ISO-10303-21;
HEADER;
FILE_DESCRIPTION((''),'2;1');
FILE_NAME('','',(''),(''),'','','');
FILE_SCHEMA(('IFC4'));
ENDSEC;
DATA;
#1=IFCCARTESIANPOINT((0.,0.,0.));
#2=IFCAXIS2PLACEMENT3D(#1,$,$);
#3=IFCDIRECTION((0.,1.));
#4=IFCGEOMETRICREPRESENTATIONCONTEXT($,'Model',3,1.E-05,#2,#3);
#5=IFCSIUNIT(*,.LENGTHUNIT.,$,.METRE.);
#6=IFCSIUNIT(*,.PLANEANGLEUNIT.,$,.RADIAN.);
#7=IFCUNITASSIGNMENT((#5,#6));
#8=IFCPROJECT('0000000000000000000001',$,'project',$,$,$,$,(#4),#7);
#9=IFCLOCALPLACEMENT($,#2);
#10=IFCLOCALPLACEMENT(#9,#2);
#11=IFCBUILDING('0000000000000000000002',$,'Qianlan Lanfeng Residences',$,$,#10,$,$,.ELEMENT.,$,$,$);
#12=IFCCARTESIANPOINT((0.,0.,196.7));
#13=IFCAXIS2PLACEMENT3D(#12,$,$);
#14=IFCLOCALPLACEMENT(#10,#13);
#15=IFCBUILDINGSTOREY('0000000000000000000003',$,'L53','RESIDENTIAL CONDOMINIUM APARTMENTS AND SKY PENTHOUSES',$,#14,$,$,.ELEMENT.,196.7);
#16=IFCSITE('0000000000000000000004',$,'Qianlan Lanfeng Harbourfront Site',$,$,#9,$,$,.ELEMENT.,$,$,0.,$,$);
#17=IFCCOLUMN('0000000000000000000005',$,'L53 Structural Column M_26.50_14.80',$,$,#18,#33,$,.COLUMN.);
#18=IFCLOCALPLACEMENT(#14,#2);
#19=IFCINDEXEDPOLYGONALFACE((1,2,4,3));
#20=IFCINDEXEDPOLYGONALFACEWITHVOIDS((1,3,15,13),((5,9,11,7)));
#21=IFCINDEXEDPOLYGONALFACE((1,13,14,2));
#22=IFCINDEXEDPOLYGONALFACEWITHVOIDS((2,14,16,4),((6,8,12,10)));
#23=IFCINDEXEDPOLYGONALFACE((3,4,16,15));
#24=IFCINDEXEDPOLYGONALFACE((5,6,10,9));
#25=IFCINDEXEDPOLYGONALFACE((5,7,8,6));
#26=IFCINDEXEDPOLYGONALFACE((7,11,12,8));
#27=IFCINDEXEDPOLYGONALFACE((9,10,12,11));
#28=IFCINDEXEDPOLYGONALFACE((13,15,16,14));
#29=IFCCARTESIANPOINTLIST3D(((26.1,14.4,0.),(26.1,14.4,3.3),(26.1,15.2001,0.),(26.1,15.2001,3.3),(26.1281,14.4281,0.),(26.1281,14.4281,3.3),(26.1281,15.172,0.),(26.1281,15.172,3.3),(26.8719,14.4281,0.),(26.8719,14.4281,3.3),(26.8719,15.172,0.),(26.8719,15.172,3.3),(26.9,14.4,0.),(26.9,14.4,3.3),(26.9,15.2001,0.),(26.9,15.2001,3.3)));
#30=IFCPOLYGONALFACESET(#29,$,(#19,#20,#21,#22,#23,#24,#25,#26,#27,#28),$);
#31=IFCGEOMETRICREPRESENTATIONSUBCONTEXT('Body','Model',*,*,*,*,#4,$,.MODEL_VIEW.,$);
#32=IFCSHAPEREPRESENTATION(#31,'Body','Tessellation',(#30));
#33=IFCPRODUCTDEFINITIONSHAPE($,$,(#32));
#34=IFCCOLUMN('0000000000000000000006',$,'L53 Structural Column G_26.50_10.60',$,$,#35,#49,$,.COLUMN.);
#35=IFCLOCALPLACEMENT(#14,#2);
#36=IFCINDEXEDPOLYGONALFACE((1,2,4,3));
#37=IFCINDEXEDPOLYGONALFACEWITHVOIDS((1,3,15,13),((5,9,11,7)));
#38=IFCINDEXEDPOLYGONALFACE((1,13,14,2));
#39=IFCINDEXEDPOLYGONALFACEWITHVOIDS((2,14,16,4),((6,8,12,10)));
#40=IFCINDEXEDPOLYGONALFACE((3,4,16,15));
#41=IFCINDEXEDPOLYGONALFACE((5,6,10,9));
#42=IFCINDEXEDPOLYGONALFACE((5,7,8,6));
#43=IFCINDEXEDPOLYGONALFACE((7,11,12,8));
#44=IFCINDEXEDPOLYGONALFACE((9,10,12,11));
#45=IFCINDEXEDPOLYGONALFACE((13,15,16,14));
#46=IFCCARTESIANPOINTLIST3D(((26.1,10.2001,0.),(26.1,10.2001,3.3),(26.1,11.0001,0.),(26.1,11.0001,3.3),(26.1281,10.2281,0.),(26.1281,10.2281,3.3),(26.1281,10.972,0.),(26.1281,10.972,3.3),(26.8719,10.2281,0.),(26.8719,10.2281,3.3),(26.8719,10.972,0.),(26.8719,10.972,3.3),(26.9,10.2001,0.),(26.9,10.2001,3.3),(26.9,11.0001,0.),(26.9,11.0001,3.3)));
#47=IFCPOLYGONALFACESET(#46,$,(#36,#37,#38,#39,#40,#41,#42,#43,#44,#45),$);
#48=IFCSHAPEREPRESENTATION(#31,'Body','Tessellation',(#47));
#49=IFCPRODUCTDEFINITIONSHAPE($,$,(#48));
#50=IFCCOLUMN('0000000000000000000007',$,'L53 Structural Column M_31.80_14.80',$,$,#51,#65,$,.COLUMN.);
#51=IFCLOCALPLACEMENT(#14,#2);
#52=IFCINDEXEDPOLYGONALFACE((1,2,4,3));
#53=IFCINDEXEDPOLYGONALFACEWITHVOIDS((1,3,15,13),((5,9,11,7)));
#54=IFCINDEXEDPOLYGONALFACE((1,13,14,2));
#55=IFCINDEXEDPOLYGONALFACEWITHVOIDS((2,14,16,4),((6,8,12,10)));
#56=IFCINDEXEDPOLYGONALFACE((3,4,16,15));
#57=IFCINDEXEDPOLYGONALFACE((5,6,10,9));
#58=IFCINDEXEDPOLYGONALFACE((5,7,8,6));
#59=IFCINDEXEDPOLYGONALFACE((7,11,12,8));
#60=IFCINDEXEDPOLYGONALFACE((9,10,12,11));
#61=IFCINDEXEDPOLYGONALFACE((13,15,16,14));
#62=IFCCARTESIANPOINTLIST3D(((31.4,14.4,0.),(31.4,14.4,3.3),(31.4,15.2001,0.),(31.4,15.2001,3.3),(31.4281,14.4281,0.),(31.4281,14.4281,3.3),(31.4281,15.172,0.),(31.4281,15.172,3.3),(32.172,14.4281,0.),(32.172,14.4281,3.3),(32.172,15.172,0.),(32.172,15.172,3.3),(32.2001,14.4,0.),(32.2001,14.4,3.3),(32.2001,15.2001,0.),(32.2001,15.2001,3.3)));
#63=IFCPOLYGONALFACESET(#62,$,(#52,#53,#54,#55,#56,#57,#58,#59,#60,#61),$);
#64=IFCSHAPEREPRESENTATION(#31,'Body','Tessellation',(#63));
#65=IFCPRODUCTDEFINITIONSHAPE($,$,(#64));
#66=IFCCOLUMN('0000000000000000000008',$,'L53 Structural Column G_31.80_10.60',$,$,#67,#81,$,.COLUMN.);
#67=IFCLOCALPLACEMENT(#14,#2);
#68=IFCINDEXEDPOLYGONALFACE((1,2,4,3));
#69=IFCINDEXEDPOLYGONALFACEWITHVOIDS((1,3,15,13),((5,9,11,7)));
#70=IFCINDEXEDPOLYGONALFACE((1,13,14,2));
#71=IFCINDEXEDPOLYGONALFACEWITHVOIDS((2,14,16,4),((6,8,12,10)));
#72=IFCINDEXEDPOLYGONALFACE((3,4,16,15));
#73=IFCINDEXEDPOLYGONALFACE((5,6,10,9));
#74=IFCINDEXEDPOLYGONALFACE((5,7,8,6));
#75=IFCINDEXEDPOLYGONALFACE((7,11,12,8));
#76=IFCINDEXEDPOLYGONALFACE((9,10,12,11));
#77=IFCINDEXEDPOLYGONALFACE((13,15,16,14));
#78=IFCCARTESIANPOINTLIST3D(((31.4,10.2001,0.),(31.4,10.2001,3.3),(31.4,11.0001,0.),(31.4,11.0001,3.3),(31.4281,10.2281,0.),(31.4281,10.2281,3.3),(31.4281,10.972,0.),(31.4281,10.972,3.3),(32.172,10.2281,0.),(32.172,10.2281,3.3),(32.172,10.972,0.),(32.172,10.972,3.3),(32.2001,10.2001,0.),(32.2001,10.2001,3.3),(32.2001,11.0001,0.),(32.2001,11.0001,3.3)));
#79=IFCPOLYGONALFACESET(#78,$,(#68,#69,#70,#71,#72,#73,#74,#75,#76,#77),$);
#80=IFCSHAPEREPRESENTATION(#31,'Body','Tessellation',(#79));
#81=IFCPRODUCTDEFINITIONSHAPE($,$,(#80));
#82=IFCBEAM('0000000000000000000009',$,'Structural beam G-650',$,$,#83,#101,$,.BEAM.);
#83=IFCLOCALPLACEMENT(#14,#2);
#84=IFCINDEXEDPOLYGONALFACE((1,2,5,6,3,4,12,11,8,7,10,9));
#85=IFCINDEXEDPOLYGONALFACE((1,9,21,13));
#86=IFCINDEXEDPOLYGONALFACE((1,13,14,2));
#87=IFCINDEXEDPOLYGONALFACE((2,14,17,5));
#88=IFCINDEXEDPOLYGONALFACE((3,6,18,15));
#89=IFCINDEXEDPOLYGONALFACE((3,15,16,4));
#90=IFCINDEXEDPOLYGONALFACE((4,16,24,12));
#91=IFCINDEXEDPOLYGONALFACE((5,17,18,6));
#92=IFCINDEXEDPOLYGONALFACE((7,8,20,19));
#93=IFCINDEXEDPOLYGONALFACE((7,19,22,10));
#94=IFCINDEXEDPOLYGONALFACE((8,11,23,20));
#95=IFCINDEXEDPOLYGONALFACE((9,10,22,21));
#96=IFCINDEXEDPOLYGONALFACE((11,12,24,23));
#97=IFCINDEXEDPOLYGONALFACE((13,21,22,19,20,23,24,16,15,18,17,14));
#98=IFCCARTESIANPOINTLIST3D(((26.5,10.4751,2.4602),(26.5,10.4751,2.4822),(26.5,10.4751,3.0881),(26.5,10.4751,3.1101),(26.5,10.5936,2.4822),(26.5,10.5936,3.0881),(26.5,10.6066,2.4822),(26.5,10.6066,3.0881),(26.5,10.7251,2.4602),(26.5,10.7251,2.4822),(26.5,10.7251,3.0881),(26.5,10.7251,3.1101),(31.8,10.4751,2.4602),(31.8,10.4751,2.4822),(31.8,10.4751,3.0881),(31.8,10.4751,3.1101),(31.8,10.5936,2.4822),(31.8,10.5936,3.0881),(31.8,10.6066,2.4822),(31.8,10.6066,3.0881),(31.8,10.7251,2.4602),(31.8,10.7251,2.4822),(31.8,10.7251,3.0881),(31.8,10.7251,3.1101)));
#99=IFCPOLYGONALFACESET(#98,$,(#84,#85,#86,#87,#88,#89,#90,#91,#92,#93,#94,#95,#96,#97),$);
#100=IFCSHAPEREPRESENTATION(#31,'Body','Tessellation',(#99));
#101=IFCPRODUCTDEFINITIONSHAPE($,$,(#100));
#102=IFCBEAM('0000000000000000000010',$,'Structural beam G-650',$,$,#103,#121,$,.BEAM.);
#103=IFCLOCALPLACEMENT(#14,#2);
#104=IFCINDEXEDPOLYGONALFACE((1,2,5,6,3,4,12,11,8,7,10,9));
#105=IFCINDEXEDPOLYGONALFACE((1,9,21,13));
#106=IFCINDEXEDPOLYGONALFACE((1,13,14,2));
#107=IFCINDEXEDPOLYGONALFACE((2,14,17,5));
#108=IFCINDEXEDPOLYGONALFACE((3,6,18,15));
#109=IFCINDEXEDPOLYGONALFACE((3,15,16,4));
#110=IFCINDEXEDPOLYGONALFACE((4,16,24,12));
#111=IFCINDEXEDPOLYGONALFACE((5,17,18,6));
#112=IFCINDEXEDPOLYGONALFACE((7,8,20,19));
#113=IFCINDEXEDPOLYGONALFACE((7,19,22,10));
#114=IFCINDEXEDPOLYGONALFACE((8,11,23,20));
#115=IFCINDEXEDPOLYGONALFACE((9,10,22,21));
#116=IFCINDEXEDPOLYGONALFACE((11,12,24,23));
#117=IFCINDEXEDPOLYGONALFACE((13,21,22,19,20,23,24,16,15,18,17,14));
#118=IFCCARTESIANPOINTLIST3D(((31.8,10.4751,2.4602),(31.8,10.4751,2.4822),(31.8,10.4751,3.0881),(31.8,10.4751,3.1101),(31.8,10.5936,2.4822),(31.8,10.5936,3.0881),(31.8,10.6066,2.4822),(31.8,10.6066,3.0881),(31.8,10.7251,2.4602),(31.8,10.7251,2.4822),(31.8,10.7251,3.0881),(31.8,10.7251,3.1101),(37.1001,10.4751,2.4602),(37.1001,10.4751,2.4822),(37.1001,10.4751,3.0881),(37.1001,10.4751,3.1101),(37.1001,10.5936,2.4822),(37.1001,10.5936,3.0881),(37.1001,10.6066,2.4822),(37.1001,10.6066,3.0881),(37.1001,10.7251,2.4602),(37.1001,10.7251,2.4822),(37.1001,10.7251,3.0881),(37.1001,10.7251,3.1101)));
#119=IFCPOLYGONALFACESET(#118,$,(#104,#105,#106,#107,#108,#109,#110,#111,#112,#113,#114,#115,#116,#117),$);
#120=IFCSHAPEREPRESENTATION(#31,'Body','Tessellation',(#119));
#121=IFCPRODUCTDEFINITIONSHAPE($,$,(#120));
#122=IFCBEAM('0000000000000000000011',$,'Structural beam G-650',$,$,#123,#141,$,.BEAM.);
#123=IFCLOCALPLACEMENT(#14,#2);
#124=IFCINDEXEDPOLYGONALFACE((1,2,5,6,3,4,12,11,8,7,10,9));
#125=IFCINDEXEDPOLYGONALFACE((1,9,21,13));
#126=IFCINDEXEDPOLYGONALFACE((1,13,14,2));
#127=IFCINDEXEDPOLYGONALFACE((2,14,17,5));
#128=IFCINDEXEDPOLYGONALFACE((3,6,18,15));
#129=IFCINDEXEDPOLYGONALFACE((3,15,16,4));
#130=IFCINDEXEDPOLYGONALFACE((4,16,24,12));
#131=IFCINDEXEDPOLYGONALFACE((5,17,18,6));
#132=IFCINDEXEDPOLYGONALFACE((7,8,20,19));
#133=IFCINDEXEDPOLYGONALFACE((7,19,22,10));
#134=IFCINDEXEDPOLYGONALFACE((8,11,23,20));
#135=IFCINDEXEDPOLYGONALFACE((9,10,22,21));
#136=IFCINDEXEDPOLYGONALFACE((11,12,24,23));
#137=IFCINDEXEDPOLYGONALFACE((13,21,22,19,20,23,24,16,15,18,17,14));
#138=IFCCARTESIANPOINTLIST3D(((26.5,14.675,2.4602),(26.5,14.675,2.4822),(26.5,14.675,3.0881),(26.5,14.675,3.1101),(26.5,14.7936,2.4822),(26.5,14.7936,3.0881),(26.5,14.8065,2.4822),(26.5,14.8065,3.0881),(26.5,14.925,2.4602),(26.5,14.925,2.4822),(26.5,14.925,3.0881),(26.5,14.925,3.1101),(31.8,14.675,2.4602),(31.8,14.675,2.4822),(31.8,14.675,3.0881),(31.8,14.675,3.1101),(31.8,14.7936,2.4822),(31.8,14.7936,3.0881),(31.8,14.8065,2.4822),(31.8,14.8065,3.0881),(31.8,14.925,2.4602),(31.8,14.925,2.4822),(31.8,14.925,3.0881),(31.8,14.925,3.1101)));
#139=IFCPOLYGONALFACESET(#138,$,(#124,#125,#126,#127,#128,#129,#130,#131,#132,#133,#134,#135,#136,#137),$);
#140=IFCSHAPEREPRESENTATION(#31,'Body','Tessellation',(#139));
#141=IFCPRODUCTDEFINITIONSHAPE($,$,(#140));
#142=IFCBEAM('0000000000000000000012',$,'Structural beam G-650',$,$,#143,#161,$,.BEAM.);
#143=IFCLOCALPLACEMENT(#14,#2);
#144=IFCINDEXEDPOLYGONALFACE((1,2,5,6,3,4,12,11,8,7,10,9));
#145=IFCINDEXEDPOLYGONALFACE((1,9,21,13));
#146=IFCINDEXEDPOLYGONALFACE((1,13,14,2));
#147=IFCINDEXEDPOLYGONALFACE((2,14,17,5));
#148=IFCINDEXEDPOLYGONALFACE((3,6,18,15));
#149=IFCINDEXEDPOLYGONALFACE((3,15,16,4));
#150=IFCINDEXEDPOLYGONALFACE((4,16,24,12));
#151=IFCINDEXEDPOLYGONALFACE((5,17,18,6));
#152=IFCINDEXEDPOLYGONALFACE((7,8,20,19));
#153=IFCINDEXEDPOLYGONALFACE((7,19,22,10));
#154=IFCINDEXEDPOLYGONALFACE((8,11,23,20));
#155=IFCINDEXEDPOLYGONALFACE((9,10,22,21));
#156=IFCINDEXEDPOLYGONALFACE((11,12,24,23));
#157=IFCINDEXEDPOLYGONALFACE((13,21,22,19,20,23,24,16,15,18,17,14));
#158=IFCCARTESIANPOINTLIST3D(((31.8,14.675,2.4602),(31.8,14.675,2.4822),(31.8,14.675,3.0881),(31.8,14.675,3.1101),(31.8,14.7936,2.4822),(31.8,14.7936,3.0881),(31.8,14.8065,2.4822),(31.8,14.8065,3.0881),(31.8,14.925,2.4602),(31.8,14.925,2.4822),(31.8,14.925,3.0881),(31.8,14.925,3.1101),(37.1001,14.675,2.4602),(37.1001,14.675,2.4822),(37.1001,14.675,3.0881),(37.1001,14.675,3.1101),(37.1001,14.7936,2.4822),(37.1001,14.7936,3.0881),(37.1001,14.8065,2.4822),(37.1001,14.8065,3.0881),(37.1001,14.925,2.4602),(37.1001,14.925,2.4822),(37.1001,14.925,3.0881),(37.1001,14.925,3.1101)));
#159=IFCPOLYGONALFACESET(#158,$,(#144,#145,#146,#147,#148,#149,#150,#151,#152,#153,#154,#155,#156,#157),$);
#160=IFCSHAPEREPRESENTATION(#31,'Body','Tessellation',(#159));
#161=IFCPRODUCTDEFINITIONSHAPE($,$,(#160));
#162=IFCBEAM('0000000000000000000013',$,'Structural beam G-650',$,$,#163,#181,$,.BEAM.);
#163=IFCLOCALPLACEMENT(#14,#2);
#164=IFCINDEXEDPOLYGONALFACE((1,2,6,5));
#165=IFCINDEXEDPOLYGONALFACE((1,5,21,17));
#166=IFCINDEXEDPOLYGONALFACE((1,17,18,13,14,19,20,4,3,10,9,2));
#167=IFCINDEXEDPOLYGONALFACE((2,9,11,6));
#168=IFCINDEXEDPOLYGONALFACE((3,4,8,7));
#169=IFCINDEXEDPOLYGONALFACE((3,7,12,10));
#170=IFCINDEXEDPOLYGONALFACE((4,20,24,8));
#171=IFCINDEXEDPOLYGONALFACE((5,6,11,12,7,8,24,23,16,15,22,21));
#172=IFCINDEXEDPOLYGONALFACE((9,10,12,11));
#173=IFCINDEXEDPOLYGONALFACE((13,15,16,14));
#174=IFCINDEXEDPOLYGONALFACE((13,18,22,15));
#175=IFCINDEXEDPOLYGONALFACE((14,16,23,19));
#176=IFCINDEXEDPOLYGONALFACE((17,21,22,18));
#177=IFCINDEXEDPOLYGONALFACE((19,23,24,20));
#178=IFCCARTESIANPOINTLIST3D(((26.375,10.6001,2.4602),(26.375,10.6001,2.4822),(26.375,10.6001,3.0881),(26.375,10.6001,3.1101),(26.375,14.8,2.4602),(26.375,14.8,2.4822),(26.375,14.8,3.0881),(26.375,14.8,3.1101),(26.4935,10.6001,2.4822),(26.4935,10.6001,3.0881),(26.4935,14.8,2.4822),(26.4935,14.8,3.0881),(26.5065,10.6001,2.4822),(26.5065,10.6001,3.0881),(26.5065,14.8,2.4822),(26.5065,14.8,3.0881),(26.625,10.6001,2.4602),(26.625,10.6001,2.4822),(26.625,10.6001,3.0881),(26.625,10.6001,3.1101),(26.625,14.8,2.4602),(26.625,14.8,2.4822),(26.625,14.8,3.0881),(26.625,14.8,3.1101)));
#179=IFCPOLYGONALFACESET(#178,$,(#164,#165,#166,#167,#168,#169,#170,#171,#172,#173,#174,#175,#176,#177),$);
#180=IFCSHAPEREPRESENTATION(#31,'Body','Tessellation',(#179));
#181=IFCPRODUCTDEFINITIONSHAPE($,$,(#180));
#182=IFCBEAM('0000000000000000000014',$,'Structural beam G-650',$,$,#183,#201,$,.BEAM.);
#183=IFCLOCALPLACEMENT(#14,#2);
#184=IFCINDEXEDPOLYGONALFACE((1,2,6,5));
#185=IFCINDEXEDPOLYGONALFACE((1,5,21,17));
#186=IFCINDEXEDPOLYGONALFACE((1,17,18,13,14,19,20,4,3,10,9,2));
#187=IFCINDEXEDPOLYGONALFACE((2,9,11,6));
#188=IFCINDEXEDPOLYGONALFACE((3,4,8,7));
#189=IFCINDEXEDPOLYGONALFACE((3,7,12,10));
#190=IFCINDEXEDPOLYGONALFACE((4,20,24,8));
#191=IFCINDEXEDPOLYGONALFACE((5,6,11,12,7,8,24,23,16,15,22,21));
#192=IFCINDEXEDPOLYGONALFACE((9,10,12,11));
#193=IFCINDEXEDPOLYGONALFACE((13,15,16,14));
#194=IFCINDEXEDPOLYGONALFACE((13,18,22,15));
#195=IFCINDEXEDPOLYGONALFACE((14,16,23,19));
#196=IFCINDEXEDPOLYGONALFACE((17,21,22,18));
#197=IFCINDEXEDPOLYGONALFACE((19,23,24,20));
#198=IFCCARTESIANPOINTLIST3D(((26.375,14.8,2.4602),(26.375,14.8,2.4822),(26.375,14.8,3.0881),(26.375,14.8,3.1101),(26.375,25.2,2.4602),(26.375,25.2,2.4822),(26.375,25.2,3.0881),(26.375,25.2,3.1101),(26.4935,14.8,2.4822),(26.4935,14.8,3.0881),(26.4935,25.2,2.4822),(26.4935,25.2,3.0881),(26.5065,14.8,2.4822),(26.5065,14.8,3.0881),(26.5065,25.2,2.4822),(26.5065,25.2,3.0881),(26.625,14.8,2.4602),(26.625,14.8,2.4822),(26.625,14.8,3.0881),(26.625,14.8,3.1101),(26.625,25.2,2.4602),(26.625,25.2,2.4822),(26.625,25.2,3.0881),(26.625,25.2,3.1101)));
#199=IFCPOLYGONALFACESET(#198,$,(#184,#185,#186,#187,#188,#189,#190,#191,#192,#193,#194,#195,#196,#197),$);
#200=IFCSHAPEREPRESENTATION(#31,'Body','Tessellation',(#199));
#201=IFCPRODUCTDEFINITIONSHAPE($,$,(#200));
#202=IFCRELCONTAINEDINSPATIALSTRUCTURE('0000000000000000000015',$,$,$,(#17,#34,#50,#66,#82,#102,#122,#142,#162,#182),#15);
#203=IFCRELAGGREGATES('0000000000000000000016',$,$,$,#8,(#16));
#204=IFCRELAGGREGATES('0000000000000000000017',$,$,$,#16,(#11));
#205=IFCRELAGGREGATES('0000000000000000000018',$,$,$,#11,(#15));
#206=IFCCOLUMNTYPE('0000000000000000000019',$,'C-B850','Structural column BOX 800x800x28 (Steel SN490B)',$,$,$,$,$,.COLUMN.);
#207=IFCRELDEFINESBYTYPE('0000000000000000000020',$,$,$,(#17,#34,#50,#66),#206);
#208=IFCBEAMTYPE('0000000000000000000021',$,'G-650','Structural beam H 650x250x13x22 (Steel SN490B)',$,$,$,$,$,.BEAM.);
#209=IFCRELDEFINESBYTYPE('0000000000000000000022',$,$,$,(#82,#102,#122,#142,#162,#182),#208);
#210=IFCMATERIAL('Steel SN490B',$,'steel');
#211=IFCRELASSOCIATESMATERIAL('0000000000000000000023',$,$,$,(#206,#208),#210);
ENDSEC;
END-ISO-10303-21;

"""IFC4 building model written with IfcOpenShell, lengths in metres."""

from ifc_helpers import new_model, si_unit, direction, frame, origin, origin_2d, place, context, subcontext, project, spatial, hollow_rectangle, i_section, extrude, material, material_profile, profile_set, type_object, element, save


model = new_model("IFC4")

# Units and contexts
model_context = context("Model", 3, precision=1e-05, world=origin(), true_north=direction((0.0, 1.0)))
body_context = subcontext(model_context, "Body", "Model", "MODEL_VIEW")
ifc_project = project(units=[si_unit("LENGTHUNIT", "METRE"), si_unit("PLANEANGLEUNIT", "RADIAN")], contexts=[model_context])

# Site, building, storey
site_placement = place(None, origin())
site = spatial("IfcSite", under=ifc_project, at=site_placement, Name="Qianlan Lanfeng Harbourfront Site", CompositionType="ELEMENT", RefElevation=0.0)
building_placement = place(site_placement, origin())
building = spatial("IfcBuilding", under=site, at=building_placement, Name="Qianlan Lanfeng Residences", CompositionType="ELEMENT")
storey_placement = place(building_placement, frame((0.0, 0.0, 196.7)))
storey = spatial("IfcBuildingStorey", under=building, at=storey_placement, Name="L53", Description="RESIDENTIAL CONDOMINIUM APARTMENTS AND SKY PENTHOUSES", CompositionType="ELEMENT", Elevation=196.7)

# Columns
ifc_material_1 = material(Name="Steel SN490B", Category="steel")
ifc_material_profile_1 = material_profile(ifc_material_1, hollow_rectangle(XDim=0.8, YDim=0.8, WallThickness=0.0281, at=origin_2d()), Name="BOX 800x800x28")
ifc_profile_set_1 = profile_set([ifc_material_profile_1], Name="Steel SN490B")
column_type = type_object("IfcColumnType", Name="C-B850", Description="Structural column BOX 800x800x28 (Steel SN490B)", PredefinedType="COLUMN", material=ifc_profile_set_1)
for number, where, z_axis, x_axis, name in (
    (1, (26.5, 14.8, 0.0), (0.0, 0.0, 1.0), (1.0, 0.0, 0.0), "L53 Structural Column M_26.50_14.80"),
    (2, (26.5, 10.6001, 0.0), (0.0, 0.0, 1.0), (1.0, 0.0, 0.0), "L53 Structural Column G_26.50_10.60"),
    (3, (31.8, 14.8, 0.0), (0.0, 0.0, 1.0), (1.0, 0.0, 0.0), "L53 Structural Column M_31.80_14.80"),
    (4, (31.8, 10.6001, 0.0), (0.0, 0.0, 1.0), (1.0, 0.0, 0.0), "L53 Structural Column G_31.80_10.60"),
):
    element("IfcColumn", number, at=place(storey_placement, frame(where, z_axis=z_axis, x_axis=x_axis)), inside=storey, type_object=column_type, Name=name, PredefinedType="COLUMN", context=body_context, shape_type="SweptSolid", body=[
        extrude(hollow_rectangle(XDim=0.8, YDim=0.8, WallThickness=0.0281, at=origin_2d()), origin(), (0.0, 0.0, 1.0), 3.3),
    ])

# Beams
ifc_material_profile_2 = material_profile(ifc_material_1, i_section(OverallWidth=0.25, OverallDepth=0.6499, WebThickness=0.0129, FlangeThickness=0.022, at=origin_2d()), Name="H 650x250x13x22")
ifc_profile_set_2 = profile_set([ifc_material_profile_2], Name="Steel SN490B")
beam_type_1 = type_object("IfcBeamType", Name="G-650", Description="Structural beam H 650x250x13x22 (Steel SN490B)", PredefinedType="BEAM", material=ifc_profile_set_2)
for number, where, z_axis, x_axis, name in (
    (5, (26.5, 10.6001, 2.7852), (1.0, 0.0, 0.0), (0.0, 1.0, 0.0), "Structural beam G-650"),
    (6, (31.8, 10.6001, 2.7852), (1.0, 0.0, 0.0), (0.0, 1.0, 0.0), "Structural beam G-650"),
    (7, (26.5, 14.8, 2.7852), (1.0, 0.0, 0.0), (0.0, 1.0, 0.0), "Structural beam G-650"),
    (8, (31.8, 14.8, 2.7852), (1.0, 0.0, 0.0), (0.0, 1.0, 0.0), "Structural beam G-650"),
):
    element("IfcBeam", number, at=place(storey_placement, frame(where, z_axis=z_axis, x_axis=x_axis)), inside=storey, type_object=beam_type_1, Name=name, PredefinedType="BEAM", context=body_context, shape_type="SweptSolid", body=[
        extrude(i_section(OverallWidth=0.25, OverallDepth=0.6499, WebThickness=0.0129, FlangeThickness=0.022, at=origin_2d()), origin(), (0.0, 0.0, 1.0), 5.3),
    ])
beam_1_placement = place(storey_placement, frame((26.5, 10.6001, 2.7852), z_axis=(0.0, 1.0, 0.0), x_axis=(-1.0, 0.0, 0.0)))
element("IfcBeam", 9, at=beam_1_placement, inside=storey, type_object=beam_type_1, Name="Structural beam G-650", PredefinedType="BEAM", context=body_context, shape_type="SweptSolid", body=[
    extrude(i_section(OverallWidth=0.25, OverallDepth=0.6499, WebThickness=0.0129, FlangeThickness=0.022, at=origin_2d()), origin(), (0.0, 0.0, 1.0), 4.2),
])
beam_2_placement = place(storey_placement, frame((26.5, 14.8, 2.7852), z_axis=(0.0, 1.0, 0.0), x_axis=(-1.0, 0.0, 0.0)))
element("IfcBeam", 10, at=beam_2_placement, inside=storey, type_object=beam_type_1, Name="Structural beam G-650", PredefinedType="BEAM", context=body_context, shape_type="SweptSolid", body=[
    extrude(i_section(OverallWidth=0.25, OverallDepth=0.6499, WebThickness=0.0129, FlangeThickness=0.022, at=origin_2d()), origin(), (0.0, 0.0, 1.0), 10.3999),
])

save(model, "model.ifc")
